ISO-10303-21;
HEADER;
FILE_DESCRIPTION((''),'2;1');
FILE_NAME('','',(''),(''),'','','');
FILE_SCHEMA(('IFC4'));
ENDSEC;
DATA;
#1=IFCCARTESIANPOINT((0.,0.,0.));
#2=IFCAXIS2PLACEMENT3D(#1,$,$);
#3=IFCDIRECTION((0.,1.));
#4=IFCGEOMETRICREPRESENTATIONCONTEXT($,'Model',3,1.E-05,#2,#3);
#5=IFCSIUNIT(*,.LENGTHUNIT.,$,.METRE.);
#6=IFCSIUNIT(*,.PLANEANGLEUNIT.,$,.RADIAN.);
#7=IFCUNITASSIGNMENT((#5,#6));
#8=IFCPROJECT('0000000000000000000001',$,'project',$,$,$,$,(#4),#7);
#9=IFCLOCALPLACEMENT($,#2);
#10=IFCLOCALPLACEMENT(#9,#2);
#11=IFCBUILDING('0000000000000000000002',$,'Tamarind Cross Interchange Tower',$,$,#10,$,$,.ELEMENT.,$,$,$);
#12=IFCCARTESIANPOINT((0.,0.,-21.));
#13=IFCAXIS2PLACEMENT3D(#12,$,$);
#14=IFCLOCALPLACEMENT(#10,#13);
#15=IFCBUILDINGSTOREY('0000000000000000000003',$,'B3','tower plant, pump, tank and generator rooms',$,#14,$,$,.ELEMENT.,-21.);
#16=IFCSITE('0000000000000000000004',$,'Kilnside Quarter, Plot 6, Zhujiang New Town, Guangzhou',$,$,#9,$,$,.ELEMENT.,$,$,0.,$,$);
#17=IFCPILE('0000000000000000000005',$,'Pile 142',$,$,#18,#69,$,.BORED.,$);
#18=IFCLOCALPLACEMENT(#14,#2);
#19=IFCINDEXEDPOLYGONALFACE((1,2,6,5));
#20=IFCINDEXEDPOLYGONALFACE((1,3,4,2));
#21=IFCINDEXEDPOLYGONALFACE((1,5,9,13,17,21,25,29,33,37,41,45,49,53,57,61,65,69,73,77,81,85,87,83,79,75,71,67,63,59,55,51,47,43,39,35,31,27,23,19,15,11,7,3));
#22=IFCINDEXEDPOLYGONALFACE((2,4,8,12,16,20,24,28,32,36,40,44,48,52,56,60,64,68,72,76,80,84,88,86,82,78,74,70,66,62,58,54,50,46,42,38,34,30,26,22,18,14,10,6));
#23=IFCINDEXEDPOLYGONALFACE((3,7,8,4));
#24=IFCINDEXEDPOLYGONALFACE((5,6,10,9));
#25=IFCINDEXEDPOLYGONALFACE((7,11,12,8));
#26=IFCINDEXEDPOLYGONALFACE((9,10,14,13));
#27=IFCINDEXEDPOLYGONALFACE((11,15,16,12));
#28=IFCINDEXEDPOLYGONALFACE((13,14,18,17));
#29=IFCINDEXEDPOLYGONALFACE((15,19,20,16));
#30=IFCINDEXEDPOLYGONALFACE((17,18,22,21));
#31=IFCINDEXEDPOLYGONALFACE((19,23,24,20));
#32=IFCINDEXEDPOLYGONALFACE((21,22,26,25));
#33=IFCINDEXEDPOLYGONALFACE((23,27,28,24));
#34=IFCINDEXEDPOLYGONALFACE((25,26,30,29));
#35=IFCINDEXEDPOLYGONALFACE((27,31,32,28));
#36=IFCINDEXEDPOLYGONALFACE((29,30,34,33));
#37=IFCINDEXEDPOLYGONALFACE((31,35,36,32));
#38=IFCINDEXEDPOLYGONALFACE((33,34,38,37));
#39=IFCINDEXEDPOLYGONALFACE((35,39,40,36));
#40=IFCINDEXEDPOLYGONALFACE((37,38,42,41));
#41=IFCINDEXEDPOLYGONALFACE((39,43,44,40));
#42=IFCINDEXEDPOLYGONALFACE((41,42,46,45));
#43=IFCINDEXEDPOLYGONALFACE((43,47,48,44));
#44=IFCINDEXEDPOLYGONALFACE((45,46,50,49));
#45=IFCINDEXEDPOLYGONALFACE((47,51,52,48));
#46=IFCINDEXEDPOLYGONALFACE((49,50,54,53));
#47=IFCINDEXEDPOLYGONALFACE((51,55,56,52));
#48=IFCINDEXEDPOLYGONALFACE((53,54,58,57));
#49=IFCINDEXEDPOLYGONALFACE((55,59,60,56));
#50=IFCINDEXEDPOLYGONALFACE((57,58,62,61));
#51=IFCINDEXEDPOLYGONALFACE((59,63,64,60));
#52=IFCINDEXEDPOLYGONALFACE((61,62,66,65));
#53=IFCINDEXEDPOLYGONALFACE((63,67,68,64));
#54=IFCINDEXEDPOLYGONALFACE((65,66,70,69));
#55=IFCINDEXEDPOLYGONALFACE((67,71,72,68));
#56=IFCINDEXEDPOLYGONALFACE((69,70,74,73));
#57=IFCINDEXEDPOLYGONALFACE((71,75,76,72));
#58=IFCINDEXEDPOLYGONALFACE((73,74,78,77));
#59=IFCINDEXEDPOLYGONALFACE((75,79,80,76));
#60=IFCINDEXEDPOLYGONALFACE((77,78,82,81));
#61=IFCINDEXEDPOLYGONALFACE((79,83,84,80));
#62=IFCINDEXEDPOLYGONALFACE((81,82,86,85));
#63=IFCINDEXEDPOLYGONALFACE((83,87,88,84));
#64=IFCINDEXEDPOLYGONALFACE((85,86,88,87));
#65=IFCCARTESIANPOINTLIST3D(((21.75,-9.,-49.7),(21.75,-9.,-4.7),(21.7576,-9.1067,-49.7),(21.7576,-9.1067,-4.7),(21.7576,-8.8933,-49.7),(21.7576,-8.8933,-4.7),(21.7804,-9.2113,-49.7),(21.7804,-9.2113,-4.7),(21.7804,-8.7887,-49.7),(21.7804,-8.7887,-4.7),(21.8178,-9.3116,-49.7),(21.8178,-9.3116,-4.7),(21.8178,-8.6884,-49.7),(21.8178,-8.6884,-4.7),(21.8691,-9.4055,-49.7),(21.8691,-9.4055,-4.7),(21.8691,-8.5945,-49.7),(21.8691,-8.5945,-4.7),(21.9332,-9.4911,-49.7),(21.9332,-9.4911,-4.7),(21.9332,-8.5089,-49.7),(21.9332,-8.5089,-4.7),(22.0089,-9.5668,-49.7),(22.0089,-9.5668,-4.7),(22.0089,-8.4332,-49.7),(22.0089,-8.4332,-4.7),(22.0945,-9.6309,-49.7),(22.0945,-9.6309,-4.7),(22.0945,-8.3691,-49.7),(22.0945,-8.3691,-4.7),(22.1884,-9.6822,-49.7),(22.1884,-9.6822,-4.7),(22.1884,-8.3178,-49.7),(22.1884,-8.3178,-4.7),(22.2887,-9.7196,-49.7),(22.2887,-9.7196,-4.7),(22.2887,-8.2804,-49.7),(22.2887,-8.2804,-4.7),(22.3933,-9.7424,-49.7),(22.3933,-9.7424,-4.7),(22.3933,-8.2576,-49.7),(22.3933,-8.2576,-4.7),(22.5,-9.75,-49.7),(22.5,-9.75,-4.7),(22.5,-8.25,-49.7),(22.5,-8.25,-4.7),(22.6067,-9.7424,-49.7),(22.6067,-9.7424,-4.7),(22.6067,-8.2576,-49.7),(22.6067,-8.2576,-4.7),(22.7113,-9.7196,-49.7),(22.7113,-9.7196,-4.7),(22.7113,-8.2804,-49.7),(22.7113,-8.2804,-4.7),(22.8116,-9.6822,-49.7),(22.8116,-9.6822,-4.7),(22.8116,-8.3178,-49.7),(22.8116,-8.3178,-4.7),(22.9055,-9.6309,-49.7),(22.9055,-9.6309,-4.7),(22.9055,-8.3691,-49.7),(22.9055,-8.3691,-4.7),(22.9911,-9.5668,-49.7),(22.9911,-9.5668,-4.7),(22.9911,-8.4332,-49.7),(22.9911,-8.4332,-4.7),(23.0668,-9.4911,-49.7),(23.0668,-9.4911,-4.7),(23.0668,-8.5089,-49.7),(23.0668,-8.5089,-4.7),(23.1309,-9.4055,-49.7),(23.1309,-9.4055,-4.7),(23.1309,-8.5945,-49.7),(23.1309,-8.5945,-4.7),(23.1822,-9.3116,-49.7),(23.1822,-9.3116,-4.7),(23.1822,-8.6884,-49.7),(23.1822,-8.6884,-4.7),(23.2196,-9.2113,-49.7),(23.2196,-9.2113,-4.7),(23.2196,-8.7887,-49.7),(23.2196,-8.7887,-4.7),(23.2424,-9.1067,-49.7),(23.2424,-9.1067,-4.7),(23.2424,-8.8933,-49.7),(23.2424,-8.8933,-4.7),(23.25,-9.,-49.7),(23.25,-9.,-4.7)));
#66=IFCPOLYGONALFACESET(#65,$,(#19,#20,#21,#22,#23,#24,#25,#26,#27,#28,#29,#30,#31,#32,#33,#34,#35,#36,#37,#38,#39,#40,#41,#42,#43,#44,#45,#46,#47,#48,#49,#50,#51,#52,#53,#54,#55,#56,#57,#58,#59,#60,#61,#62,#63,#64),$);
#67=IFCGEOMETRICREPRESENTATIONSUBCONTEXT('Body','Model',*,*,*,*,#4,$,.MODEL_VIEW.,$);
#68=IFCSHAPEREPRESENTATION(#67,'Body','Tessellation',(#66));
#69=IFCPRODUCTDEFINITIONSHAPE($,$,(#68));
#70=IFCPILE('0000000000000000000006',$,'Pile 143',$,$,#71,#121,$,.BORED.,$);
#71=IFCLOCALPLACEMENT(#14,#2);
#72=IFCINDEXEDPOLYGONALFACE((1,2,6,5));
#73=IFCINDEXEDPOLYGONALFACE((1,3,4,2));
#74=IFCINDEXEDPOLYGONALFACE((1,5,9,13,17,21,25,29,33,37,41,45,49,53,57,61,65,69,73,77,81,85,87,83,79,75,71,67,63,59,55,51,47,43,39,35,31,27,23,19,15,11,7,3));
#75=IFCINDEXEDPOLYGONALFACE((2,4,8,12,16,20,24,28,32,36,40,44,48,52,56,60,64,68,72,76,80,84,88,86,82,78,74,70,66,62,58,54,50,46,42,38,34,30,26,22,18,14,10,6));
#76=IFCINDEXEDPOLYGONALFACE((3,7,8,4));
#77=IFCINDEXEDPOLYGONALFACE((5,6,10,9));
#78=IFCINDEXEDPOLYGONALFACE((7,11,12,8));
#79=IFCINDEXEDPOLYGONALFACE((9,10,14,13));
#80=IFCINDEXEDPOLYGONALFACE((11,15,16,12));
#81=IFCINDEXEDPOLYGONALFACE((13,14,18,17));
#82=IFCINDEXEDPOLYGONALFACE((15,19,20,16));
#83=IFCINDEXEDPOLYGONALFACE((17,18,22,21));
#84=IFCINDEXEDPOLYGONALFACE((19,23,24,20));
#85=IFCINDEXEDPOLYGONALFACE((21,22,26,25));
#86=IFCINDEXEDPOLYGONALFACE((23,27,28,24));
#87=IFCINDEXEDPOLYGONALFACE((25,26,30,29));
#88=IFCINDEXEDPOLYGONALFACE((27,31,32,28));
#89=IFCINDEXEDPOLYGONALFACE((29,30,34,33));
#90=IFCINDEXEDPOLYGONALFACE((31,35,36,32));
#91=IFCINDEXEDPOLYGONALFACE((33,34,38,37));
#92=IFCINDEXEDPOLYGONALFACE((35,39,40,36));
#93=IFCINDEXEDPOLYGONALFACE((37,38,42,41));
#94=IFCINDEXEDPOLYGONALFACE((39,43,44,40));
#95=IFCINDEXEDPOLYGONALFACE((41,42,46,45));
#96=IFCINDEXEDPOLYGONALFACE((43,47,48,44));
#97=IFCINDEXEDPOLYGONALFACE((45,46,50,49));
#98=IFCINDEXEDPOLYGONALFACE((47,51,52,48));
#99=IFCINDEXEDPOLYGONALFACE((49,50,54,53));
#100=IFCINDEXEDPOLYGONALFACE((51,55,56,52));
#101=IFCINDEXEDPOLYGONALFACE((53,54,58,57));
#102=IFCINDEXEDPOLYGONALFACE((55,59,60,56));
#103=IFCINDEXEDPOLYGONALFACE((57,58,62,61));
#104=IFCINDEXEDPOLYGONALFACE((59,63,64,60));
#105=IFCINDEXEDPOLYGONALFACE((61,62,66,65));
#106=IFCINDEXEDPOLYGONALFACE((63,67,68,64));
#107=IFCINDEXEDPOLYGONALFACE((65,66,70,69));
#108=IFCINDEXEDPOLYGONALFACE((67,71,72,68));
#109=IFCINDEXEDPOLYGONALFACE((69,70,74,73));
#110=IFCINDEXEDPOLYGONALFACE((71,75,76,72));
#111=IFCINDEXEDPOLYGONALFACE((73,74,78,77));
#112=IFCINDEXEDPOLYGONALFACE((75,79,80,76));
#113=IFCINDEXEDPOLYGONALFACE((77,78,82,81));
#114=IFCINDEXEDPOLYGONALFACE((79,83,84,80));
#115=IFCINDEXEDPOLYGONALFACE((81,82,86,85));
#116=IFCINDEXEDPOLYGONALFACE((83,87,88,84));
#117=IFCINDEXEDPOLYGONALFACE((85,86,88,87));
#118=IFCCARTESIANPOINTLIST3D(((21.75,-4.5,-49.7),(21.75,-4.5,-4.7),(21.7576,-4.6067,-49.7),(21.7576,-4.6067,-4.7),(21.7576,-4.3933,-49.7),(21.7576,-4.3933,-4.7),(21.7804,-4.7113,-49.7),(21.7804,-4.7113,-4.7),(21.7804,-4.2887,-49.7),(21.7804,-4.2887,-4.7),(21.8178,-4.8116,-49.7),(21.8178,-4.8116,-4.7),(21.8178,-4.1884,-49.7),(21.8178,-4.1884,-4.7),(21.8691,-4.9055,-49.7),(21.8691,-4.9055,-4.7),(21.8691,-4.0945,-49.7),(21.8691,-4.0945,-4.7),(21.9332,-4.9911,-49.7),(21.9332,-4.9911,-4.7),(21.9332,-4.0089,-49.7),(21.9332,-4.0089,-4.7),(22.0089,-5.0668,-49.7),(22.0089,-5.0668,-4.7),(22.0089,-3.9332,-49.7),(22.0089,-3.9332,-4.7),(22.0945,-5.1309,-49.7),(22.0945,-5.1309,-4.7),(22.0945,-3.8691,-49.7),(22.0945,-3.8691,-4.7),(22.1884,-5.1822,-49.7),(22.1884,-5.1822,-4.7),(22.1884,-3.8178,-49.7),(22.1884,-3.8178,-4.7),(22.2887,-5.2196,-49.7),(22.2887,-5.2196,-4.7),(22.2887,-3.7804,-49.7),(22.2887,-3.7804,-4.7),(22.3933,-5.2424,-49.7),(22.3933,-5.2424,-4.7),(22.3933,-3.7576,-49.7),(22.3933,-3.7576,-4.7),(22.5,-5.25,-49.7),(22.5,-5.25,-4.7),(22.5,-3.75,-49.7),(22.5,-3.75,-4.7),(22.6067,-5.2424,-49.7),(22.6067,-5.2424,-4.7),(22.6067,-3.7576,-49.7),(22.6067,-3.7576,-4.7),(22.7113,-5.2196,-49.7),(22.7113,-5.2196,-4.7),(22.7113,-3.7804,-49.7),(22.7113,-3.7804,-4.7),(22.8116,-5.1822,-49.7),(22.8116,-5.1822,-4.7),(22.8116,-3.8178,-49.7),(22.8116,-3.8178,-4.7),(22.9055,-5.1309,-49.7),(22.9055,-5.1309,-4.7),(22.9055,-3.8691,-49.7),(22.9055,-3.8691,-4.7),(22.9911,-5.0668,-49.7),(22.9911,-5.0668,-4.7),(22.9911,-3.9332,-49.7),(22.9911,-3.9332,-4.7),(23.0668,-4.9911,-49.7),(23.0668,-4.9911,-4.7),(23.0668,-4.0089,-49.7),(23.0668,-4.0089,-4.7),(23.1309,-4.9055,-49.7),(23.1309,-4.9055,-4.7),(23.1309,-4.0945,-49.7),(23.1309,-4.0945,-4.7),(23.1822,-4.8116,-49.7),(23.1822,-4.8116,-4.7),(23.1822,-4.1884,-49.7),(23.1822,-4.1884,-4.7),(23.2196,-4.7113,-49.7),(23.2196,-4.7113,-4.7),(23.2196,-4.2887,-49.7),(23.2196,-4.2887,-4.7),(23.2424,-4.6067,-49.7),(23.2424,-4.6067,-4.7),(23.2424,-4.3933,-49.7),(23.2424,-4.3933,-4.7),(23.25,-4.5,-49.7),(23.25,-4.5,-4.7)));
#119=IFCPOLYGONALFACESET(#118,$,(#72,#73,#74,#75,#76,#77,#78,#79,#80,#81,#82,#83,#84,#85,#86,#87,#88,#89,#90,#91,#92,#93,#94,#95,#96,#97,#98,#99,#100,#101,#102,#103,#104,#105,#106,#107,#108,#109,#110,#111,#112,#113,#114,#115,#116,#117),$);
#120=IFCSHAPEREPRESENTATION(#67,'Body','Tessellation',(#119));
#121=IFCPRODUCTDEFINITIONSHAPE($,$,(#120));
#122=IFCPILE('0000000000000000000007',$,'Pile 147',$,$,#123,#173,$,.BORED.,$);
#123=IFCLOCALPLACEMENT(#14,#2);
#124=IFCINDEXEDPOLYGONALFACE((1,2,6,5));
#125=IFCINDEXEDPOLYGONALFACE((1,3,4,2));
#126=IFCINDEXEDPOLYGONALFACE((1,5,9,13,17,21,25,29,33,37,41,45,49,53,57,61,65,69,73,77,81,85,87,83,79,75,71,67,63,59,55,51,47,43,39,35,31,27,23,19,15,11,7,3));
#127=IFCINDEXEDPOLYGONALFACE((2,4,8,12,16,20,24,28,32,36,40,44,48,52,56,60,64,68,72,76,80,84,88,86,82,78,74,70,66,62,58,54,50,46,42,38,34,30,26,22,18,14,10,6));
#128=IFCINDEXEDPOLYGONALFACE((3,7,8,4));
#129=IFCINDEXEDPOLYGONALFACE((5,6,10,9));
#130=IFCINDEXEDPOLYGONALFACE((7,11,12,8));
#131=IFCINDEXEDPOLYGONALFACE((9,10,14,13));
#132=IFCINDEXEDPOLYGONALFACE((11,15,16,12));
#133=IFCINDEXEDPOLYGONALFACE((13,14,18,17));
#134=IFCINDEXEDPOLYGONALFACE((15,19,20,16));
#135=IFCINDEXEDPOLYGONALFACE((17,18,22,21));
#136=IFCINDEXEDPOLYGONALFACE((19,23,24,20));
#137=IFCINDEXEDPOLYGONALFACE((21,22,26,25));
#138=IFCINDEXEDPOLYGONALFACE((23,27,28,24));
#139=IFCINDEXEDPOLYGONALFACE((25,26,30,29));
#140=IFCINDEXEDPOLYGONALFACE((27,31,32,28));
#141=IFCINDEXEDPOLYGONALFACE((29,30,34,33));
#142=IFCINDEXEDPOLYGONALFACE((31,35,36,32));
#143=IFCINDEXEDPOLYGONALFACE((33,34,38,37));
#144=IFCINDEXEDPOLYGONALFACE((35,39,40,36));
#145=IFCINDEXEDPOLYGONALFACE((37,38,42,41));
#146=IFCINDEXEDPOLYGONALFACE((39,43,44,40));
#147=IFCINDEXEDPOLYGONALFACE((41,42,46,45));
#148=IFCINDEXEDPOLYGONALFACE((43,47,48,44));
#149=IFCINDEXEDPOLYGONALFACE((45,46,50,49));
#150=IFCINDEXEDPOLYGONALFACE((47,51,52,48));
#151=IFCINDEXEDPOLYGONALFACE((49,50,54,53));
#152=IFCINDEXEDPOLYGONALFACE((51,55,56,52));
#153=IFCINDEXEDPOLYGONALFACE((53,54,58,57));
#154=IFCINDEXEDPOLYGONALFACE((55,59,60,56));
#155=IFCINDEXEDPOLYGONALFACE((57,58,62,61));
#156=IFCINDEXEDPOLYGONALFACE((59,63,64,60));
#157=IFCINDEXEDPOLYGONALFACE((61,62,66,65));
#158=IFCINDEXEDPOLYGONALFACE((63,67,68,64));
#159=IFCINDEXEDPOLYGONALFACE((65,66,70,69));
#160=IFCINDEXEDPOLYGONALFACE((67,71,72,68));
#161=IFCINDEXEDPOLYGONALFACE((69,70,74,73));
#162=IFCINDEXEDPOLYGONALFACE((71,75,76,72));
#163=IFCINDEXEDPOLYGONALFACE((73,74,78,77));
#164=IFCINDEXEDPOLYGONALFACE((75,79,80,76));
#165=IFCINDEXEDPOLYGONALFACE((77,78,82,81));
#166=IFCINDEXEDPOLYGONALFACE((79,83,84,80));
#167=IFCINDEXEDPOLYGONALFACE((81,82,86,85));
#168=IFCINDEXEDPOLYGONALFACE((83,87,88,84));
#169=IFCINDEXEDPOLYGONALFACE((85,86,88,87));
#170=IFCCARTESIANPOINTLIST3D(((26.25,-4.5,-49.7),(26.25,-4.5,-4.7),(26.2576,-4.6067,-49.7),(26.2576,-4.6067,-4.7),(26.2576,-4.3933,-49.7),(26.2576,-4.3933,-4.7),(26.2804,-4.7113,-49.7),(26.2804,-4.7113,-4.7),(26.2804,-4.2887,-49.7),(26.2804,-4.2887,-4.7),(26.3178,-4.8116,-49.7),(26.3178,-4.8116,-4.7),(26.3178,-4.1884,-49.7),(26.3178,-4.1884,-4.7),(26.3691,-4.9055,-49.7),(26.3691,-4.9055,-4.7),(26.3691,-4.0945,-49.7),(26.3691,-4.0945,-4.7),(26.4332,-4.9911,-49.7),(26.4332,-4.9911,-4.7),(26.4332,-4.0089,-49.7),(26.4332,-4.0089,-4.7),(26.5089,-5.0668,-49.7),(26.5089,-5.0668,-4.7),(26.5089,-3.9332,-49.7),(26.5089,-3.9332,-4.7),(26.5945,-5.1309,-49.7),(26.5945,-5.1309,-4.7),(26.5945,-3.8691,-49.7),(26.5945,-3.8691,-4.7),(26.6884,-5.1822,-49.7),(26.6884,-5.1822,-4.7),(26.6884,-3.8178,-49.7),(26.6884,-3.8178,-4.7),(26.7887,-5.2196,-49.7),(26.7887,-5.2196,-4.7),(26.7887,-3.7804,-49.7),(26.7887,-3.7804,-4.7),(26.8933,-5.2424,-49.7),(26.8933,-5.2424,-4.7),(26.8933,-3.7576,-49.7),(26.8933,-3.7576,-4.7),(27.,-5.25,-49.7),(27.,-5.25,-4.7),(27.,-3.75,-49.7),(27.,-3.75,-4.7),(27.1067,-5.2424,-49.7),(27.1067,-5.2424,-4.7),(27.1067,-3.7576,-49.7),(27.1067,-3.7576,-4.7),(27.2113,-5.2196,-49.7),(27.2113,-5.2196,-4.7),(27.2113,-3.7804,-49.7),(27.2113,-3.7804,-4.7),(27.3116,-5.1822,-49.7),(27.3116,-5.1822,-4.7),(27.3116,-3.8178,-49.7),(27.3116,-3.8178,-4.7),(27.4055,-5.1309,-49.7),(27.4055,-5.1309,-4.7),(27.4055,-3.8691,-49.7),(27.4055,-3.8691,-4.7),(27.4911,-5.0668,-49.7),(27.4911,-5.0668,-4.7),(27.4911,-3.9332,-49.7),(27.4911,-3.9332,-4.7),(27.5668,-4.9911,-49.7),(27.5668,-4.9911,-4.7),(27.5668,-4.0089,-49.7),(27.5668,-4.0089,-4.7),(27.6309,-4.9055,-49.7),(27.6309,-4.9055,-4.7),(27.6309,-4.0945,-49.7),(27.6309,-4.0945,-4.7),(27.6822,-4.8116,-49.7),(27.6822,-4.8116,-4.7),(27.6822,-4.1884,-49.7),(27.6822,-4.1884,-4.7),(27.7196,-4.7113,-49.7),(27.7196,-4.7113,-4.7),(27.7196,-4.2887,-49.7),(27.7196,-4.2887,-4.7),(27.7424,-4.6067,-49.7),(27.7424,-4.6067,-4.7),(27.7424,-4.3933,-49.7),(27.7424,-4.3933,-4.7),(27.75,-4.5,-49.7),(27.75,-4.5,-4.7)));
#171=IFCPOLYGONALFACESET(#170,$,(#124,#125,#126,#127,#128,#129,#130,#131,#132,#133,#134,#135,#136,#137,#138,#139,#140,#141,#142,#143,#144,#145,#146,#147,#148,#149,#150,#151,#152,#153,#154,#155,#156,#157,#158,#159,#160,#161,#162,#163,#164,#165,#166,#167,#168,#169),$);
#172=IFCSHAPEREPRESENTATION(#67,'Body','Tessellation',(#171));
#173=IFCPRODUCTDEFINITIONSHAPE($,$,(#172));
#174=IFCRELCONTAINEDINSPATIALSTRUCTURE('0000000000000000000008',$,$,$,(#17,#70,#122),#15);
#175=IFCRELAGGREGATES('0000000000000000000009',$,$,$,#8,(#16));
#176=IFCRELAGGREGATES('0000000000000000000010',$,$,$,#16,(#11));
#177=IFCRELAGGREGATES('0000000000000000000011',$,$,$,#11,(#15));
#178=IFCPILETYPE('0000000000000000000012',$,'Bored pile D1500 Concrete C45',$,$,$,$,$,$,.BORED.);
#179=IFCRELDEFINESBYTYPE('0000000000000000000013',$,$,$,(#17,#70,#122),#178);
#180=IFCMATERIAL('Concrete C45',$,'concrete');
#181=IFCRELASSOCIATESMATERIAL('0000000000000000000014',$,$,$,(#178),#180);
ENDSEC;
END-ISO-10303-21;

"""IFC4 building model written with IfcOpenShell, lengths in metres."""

from ifc_helpers import new_model, si_unit, direction, frame, origin, origin_2d, place, context, subcontext, project, spatial, circle, extrude, material, material_profile, profile_set, type_object, element, save


model = new_model("IFC4")

# Units and contexts
model_context = context("Model", 3, precision=1e-05, world=origin(), true_north=direction((0.0, 1.0)))
body_context = subcontext(model_context, "Body", "Model", "MODEL_VIEW")
ifc_project = project(units=[si_unit("LENGTHUNIT", "METRE"), si_unit("PLANEANGLEUNIT", "RADIAN")], contexts=[model_context])

# Site, building, storey
site_placement = place(None, origin())
site = spatial("IfcSite", under=ifc_project, at=site_placement, Name="Kilnside Quarter, Plot 6, Zhujiang New Town, Guangzhou", CompositionType="ELEMENT", RefElevation=0.0)
building_placement = place(site_placement, origin())
building = spatial("IfcBuilding", under=site, at=building_placement, Name="Tamarind Cross Interchange Tower", CompositionType="ELEMENT")
storey_placement = place(building_placement, frame((0.0, 0.0, -21.0)))
storey = spatial("IfcBuildingStorey", under=building, at=storey_placement, Name="B3", Description="tower plant, pump, tank and generator rooms", CompositionType="ELEMENT", Elevation=-21.0)

# Piles
ifc_material_1 = material(Name="Concrete C45", Category="concrete")
ifc_material_profile_1 = material_profile(ifc_material_1, circle(Radius=0.75, at=origin_2d()), Name="RC D1500")
ifc_profile_set_1 = profile_set([ifc_material_profile_1], Name="Concrete C45")
pile_type = type_object("IfcPileType", Name="Bored pile D1500 Concrete C45", PredefinedType="BORED", material=ifc_profile_set_1)
for number, where, z_axis, x_axis, name in (
    (1, (22.5, -9.0, -4.7), (0.0, 0.0, -1.0), (1.0, 0.0, 0.0), "Pile 142"),
    (2, (22.5, -4.5, -4.7), (0.0, 0.0, -1.0), (1.0, 0.0, 0.0), "Pile 143"),
    (3, (27.0, -4.5, -4.7), (0.0, 0.0, -1.0), (1.0, 0.0, 0.0), "Pile 147"),
):
    element("IfcPile", number, at=place(storey_placement, frame(where, z_axis=z_axis, x_axis=x_axis)), inside=storey, type_object=pile_type, Name=name, PredefinedType="BORED", context=body_context, shape_type="SweptSolid", body=[
        extrude(circle(Radius=0.75, at=origin_2d()), origin(), (0.0, 0.0, 1.0), 45.0),
    ])

save(model, "model.ifc")
